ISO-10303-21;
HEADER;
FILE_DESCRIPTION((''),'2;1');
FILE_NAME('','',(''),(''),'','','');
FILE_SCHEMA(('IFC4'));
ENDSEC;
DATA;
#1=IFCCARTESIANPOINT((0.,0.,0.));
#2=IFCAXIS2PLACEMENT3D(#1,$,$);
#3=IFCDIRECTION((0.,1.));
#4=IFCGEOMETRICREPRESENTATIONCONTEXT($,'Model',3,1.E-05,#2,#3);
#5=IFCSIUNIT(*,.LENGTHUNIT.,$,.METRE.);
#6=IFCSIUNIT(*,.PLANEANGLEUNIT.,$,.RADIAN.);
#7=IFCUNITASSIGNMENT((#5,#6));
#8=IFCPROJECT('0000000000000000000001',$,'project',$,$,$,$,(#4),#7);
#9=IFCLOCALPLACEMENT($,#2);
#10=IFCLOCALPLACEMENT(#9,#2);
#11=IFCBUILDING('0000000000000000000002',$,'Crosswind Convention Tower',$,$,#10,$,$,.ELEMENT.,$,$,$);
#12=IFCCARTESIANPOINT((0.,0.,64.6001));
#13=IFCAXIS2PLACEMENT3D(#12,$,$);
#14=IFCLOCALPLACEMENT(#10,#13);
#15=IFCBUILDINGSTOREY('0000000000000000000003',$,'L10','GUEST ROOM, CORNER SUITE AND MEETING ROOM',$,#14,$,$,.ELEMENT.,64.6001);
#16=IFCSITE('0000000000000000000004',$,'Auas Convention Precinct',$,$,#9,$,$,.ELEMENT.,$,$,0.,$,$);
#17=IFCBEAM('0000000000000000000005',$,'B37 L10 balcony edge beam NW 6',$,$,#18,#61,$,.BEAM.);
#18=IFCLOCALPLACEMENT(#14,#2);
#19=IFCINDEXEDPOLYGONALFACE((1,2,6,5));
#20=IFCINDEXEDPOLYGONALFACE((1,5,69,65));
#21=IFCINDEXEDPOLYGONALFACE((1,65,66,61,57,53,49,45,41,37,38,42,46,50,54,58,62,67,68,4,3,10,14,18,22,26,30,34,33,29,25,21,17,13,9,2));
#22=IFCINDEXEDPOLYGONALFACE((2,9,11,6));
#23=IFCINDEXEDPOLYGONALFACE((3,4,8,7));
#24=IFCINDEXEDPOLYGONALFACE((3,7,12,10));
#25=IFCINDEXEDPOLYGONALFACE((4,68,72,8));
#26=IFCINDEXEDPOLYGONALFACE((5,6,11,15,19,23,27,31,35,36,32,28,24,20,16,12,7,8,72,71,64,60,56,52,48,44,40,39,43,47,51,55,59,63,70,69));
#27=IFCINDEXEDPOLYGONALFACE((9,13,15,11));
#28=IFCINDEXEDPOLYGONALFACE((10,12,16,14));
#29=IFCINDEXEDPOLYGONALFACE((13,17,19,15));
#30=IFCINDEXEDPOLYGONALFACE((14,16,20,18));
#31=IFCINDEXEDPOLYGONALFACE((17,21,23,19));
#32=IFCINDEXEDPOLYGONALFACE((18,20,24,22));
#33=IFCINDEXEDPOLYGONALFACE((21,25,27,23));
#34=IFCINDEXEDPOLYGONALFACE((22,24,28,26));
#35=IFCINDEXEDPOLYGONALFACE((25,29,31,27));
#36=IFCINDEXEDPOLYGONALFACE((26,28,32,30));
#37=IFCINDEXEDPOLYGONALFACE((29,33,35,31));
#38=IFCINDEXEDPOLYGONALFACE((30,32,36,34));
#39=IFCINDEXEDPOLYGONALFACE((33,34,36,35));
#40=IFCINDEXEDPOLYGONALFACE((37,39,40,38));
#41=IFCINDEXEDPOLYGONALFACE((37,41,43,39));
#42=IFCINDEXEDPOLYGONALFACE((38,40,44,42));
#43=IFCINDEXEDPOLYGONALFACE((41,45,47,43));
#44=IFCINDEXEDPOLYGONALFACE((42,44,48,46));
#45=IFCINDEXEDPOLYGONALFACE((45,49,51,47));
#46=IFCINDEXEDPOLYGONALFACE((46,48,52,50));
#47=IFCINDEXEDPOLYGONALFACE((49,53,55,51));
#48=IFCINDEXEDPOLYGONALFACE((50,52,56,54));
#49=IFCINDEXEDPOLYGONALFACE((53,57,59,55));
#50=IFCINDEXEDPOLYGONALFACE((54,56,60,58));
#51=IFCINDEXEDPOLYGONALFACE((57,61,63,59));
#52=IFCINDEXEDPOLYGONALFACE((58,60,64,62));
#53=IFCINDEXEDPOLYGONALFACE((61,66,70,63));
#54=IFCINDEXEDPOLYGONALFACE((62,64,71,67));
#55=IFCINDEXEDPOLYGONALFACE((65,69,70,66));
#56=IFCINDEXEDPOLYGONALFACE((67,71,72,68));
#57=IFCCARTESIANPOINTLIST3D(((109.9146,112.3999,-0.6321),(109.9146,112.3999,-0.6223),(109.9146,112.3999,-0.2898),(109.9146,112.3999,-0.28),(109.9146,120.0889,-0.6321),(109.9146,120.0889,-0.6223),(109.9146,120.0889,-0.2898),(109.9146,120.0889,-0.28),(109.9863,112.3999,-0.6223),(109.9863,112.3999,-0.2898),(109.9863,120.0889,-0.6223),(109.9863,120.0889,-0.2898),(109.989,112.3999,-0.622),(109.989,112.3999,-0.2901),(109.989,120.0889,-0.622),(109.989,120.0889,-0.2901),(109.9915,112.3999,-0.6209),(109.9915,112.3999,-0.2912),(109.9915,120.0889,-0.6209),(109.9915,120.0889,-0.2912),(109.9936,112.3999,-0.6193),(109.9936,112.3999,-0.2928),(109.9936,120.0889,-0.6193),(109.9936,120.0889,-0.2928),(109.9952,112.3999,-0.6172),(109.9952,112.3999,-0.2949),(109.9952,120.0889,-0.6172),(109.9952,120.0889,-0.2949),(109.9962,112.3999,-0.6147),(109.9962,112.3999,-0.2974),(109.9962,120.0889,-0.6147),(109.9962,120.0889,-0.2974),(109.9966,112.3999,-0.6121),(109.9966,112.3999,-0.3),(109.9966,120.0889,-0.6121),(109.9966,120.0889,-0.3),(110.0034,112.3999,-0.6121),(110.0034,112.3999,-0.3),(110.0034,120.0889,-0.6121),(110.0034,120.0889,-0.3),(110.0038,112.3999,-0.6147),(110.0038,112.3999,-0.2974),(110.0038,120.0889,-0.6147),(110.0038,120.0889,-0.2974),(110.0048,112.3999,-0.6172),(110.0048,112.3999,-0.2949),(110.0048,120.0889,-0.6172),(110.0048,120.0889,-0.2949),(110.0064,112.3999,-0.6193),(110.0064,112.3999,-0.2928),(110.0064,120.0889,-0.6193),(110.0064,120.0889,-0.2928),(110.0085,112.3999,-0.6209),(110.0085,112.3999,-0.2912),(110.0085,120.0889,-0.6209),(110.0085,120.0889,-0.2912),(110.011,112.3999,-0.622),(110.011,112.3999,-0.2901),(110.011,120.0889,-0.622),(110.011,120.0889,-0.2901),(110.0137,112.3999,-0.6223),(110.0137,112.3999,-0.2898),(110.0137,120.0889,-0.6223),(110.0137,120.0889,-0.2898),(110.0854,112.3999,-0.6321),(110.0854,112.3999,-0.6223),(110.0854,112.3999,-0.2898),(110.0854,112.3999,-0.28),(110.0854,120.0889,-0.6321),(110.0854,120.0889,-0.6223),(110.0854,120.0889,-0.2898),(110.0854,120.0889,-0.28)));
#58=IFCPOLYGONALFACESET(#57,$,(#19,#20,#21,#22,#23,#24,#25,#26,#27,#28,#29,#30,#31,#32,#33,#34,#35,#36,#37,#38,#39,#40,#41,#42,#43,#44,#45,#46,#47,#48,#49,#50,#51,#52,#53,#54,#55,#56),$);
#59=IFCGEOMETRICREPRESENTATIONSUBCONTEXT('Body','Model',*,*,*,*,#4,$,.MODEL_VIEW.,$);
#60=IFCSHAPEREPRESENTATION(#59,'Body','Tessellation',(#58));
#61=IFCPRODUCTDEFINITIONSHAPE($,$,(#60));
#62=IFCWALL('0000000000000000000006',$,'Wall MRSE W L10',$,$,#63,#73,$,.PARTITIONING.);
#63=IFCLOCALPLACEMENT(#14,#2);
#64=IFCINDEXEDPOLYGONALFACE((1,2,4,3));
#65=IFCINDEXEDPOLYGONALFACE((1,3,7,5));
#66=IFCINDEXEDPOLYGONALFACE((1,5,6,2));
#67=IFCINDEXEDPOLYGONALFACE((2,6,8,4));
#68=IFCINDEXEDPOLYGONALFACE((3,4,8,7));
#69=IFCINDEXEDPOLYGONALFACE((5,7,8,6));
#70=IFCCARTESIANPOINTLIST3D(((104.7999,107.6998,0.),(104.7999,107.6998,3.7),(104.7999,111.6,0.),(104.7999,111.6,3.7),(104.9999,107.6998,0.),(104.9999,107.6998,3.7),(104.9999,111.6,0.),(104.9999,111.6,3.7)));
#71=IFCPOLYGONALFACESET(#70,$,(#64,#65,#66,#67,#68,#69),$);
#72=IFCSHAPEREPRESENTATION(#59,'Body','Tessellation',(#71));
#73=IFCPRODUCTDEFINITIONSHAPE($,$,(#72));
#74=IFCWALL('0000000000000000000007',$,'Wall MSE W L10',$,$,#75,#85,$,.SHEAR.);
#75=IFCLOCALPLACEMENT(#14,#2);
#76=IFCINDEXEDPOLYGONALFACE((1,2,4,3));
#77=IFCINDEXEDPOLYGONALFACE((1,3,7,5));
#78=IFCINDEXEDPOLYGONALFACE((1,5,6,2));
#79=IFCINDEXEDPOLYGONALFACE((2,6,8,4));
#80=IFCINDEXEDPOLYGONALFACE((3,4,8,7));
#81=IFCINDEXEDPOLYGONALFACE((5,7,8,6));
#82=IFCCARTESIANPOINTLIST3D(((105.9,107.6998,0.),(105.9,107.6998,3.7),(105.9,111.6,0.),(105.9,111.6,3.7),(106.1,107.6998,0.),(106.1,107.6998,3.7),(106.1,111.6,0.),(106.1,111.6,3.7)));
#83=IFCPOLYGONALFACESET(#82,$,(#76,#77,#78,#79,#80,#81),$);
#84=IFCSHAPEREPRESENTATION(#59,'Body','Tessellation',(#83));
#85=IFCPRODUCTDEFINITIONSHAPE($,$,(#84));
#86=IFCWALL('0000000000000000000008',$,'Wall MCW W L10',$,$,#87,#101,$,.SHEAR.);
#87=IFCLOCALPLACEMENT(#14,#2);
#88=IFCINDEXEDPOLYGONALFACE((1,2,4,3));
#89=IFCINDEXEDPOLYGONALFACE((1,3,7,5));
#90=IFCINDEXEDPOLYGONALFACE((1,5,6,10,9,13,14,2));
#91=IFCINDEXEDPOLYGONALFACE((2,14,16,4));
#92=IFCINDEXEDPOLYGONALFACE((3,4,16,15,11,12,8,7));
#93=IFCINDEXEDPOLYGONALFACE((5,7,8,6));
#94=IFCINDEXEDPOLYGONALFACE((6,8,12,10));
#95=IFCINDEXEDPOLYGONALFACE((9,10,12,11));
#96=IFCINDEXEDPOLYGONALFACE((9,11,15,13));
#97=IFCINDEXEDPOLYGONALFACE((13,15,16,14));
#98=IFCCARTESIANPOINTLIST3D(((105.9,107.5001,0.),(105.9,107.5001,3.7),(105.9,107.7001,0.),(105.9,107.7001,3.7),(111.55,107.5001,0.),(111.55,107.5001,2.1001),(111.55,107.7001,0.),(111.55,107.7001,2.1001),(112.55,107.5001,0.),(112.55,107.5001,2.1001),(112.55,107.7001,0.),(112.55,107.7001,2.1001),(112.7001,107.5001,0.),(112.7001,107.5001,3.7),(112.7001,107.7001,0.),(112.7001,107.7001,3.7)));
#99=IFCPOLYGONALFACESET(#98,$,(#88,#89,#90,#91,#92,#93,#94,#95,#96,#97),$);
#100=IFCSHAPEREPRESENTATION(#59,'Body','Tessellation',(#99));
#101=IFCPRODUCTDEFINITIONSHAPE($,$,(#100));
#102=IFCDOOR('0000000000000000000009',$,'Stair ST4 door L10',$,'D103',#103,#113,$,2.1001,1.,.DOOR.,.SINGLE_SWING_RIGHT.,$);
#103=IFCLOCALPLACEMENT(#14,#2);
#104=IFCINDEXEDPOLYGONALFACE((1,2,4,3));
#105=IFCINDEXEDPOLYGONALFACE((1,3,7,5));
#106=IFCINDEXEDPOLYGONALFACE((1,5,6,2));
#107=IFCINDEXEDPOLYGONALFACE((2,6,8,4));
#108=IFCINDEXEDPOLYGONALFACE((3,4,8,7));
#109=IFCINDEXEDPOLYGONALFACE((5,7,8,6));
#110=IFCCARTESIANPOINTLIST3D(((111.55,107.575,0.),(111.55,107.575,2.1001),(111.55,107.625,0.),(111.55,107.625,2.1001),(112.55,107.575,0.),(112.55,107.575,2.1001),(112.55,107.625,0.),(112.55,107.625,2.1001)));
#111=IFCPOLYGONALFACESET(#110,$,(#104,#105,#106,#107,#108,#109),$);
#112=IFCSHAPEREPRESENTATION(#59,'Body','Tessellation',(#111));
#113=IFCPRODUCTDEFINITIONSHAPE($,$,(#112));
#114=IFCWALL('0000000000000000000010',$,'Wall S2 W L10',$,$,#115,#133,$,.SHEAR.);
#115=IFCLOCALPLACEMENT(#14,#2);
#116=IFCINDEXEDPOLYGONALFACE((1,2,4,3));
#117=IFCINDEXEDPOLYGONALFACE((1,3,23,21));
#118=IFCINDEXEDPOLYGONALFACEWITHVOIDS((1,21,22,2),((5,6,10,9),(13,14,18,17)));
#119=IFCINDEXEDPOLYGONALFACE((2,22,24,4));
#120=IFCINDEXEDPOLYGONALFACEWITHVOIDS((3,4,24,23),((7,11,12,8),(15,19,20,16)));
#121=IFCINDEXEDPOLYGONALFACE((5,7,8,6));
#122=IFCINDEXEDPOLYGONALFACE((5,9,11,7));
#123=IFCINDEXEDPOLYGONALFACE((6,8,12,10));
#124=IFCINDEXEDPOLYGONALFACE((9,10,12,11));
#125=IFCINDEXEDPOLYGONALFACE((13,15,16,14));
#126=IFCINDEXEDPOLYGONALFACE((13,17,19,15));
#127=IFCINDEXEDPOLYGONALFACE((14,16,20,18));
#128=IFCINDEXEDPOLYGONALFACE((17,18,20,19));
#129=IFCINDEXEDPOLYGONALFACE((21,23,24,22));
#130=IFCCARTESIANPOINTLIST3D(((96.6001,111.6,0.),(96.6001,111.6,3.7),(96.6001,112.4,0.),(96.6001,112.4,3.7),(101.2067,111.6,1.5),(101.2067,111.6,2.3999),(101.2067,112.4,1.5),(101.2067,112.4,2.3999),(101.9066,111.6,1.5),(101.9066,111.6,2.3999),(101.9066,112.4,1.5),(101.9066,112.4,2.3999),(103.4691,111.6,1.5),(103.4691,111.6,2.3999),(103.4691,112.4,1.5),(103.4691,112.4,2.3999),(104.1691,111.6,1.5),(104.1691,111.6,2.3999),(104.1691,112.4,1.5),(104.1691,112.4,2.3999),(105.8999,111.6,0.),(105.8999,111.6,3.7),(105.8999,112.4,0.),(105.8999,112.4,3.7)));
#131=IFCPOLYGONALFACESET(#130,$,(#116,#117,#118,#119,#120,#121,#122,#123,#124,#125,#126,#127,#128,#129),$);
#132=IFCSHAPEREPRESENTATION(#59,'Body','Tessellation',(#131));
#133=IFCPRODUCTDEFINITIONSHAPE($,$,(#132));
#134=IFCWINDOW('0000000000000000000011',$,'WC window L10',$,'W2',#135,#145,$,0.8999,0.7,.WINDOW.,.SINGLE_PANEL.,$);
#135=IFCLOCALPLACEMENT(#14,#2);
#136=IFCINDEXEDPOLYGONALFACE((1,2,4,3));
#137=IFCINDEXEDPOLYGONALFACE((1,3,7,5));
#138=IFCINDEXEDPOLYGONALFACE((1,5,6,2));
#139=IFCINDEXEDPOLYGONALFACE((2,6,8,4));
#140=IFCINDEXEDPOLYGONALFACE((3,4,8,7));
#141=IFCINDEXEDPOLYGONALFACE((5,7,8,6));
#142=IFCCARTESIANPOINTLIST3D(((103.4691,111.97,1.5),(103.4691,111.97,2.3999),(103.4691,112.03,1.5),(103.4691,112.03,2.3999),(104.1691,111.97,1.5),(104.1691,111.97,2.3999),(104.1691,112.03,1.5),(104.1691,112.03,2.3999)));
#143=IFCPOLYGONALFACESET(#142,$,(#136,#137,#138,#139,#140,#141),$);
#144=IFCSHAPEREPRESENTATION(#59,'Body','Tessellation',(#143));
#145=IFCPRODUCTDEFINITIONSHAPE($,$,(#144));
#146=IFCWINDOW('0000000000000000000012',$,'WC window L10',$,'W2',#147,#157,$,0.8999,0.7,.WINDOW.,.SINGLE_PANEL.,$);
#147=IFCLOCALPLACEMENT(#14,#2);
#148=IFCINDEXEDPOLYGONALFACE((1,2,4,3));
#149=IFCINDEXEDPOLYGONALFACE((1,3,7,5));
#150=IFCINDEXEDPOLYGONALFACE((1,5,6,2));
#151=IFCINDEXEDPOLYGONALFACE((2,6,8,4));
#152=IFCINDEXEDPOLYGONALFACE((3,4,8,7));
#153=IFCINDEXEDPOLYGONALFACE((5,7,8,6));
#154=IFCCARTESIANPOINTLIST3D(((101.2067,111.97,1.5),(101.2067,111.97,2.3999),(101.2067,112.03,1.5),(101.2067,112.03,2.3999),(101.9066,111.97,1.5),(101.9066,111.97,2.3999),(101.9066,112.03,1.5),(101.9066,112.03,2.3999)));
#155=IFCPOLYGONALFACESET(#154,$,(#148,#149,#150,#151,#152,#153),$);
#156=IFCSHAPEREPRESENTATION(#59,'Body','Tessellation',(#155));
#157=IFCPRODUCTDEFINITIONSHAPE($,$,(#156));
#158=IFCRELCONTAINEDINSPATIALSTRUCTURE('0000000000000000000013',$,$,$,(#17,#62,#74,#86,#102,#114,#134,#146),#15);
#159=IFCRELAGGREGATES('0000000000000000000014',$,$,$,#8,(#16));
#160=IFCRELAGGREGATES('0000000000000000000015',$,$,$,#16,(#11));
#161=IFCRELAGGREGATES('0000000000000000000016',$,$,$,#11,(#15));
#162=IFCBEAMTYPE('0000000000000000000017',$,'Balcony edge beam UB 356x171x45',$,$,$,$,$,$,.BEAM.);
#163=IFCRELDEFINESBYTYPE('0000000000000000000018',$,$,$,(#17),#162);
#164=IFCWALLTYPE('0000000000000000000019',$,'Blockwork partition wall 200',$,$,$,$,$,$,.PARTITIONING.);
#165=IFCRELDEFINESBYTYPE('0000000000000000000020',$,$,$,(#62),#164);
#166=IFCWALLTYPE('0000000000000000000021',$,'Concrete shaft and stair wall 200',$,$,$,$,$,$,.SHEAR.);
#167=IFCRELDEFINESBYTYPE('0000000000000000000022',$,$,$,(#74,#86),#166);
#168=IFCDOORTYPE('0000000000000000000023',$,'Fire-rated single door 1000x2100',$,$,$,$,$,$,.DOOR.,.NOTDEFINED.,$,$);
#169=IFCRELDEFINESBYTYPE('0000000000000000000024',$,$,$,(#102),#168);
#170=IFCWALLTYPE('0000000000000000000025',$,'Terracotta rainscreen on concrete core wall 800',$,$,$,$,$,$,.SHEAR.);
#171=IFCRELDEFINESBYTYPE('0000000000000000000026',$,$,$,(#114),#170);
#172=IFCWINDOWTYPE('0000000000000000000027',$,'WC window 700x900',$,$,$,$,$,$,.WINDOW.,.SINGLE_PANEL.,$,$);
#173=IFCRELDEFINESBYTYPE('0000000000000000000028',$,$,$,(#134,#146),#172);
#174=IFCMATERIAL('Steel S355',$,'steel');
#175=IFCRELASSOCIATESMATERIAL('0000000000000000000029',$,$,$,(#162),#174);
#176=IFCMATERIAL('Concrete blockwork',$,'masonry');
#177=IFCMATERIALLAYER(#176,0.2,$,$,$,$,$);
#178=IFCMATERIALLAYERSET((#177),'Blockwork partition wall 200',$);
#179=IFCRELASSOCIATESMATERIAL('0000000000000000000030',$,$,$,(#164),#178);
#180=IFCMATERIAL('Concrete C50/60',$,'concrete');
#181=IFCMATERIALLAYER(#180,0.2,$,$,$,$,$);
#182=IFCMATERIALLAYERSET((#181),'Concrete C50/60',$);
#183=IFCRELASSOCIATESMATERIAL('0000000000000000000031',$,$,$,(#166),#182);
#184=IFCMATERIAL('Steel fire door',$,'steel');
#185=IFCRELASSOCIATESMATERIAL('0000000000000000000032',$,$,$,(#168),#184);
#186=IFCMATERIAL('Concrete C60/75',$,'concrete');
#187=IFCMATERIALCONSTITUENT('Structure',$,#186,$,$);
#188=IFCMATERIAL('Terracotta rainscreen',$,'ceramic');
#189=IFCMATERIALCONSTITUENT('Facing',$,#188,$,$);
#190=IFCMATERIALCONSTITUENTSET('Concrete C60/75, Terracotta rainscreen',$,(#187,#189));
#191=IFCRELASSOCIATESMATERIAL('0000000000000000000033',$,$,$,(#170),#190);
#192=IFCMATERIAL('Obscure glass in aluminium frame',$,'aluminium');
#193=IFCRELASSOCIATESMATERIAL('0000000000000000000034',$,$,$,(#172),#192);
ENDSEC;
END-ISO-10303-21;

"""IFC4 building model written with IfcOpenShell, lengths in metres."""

from ifc_helpers import new_model, si_unit, direction, frame, frame_2d, origin, origin_2d, place, context, subcontext, project, spatial, rectangle, i_section, extrude, material, layer, layer_set, constituent, constituent_set, material_profile, profile_set, type_object, element, fill, save


model = new_model("IFC4")

# Units and contexts
model_context = context("Model", 3, precision=1e-05, world=origin(), true_north=direction((0.0, 1.0)))
body_context = subcontext(model_context, "Body", "Model", "MODEL_VIEW")
ifc_project = project(units=[si_unit("LENGTHUNIT", "METRE"), si_unit("PLANEANGLEUNIT", "RADIAN")], contexts=[model_context])

# Site, building, storey
site_placement = place(None, origin())
site = spatial("IfcSite", under=ifc_project, at=site_placement, Name="Auas Convention Precinct", CompositionType="ELEMENT", RefElevation=0.0)
building_placement = place(site_placement, origin())
building = spatial("IfcBuilding", under=site, at=building_placement, Name="Crosswind Convention Tower", CompositionType="ELEMENT")
storey_placement = place(building_placement, frame((0.0, 0.0, 64.6001)))
storey = spatial("IfcBuildingStorey", under=building, at=storey_placement, Name="L10", Description="GUEST ROOM, CORNER SUITE AND MEETING ROOM", CompositionType="ELEMENT", Elevation=64.6001)

# Beam
ifc_material_1 = material(Name="Steel S355", Category="steel")
ifc_material_profile = material_profile(ifc_material_1, i_section(OverallWidth=0.1709, OverallDepth=0.3521, WebThickness=0.0068, FlangeThickness=0.0098, FilletRadius=0.0103, at=origin_2d()), Name="UB 356x171x45")
ifc_profile_set = profile_set([ifc_material_profile], Name="Steel S355")
beam_type = type_object("IfcBeamType", Name="Balcony edge beam UB 356x171x45", PredefinedType="BEAM", material=ifc_profile_set)
beam_placement = place(storey_placement, frame((110.0, 112.3999, -0.4561), z_axis=(0.0, 1.0, 0.0), x_axis=(-1.0, 0.0, 0.0)))
element("IfcBeam", 1, at=beam_placement, inside=storey, type_object=beam_type, Name="B37 L10 balcony edge beam NW 6", PredefinedType="BEAM", context=body_context, shape_type="SweptSolid", body=[
    extrude(i_section(OverallWidth=0.1709, OverallDepth=0.3521, WebThickness=0.0068, FlangeThickness=0.0098, FilletRadius=0.0103, at=origin_2d()), origin(), (0.0, 0.0, 1.0), 7.689),
])

# Walls
ifc_material_2 = material(Name="Concrete blockwork", Category="masonry")
ifc_layer_1 = layer(ifc_material_2, 0.2)
ifc_layer_set_1 = layer_set([ifc_layer_1], Name="Blockwork partition wall 200")
wall_type_1 = type_object("IfcWallType", Name="Blockwork partition wall 200", PredefinedType="PARTITIONING", material=ifc_layer_set_1)
wall_1_placement = place(storey_placement, frame((104.8999, 111.6001, 0.0), z_axis=(0.0, 0.0, 1.0), x_axis=(0.0, -1.0, 0.0)))
element("IfcWall", 2, at=wall_1_placement, inside=storey, type_object=wall_type_1, Name="Wall MRSE W L10", PredefinedType="PARTITIONING", context=body_context, shape_type="SweptSolid", body=[
    extrude(rectangle(XDim=3.9001, YDim=0.2, at=frame_2d((1.9502, 0.0))), origin(), (0.0, 0.0, 1.0), 3.7),
])
ifc_material_3 = material(Name="Concrete C50/60", Category="concrete")
ifc_layer_2 = layer(ifc_material_3, 0.2)
ifc_layer_set_2 = layer_set([ifc_layer_2], Name="Concrete C50/60")
wall_type_2 = type_object("IfcWallType", Name="Concrete shaft and stair wall 200", PredefinedType="SHEAR", material=ifc_layer_set_2)
wall_2_placement = place(storey_placement, frame((106.0, 111.6001, 0.0), z_axis=(0.0, 0.0, 1.0), x_axis=(0.0, -1.0, 0.0)))
element("IfcWall", 3, at=wall_2_placement, inside=storey, type_object=wall_type_2, Name="Wall MSE W L10", PredefinedType="SHEAR", context=body_context, shape_type="SweptSolid", body=[
    extrude(rectangle(XDim=3.9001, YDim=0.2, at=frame_2d((1.9502, 0.0))), origin(), (0.0, 0.0, 1.0), 3.7),
])

# Wall, opening, door
wall_3_placement = place(storey_placement, frame((112.7, 107.6001, 0.0), z_axis=(0.0, 0.0, 1.0), x_axis=(-1.0, 0.0, 0.0)))
wall_3 = element("IfcWall", 4, at=wall_3_placement, inside=storey, type_object=wall_type_2, Name="Wall MCW W L10", PredefinedType="SHEAR", context=body_context, shape_type="SweptSolid", body=[
    extrude(rectangle(XDim=6.8, YDim=0.2, at=frame_2d((3.3999, 0.0))), origin(), (0.0, 0.0, 1.0), 3.7),
])
opening_1_placement = place(wall_3_placement, frame((0.1499, 0.0, 0.0)))
opening_1 = element("IfcOpeningElement", 5, at=opening_1_placement, cuts=wall_3, PredefinedType="OPENING", context=body_context, shape_type="SweptSolid", body=[
    extrude(rectangle(XDim=1.0, YDim=2.1001, at=frame_2d((0.5, 1.05))), frame((0.0, 0.1099, 0.0), z_axis=(0.0, -1.0, 0.0), x_axis=(1.0, 0.0, 0.0)), (0.0, 0.0, 1.0), 0.22),
])
ifc_material_4 = material(Name="Steel fire door", Category="steel")
door_type = type_object("IfcDoorType", Name="Fire-rated single door 1000x2100", OperationType="NOTDEFINED", PredefinedType="DOOR", material=ifc_material_4)
door_placement = place(opening_1_placement, frame((1.0, 0.0, 0.0), z_axis=(0.0, 0.0, 1.0), x_axis=(-1.0, 0.0, 0.0)))
door = element("IfcDoor", 6, at=door_placement, inside=storey, type_object=door_type, Name="Stair ST4 door L10", ObjectType="D103", OperationType="SINGLE_SWING_RIGHT", OverallHeight=2.1001, OverallWidth=1.0, PredefinedType="DOOR", context=body_context, shape_type="SweptSolid", body=[
    extrude(rectangle(XDim=1.0, YDim=2.1001, at=frame_2d((0.5, 1.05))), frame((0.0, 0.0249, 0.0), z_axis=(0.0, -1.0, 0.0), x_axis=(1.0, 0.0, 0.0)), (0.0, 0.0, 1.0), 0.05),
])
fill(opening_1, door)

# Wall, openings, windows
ifc_material_5 = material(Name="Concrete C60/75", Category="concrete")
ifc_constituent_1 = constituent(ifc_material_5, Name="Structure")
ifc_material_6 = material(Name="Terracotta rainscreen", Category="ceramic")
ifc_constituent_2 = constituent(ifc_material_6, Name="Facing")
ifc_constituent_set = constituent_set(constituents=[ifc_constituent_1, ifc_constituent_2], Name="Concrete C60/75, Terracotta rainscreen")
wall_type_3 = type_object("IfcWallType", Name="Terracotta rainscreen on concrete core wall 800", PredefinedType="SHEAR", material=ifc_constituent_set)
wall_4_placement = place(storey_placement, frame((105.8999, 112.0, 0.0), z_axis=(0.0, 0.0, 1.0), x_axis=(-1.0, 0.0, 0.0)))
wall_4 = element("IfcWall", 7, at=wall_4_placement, inside=storey, type_object=wall_type_3, Name="Wall S2 W L10", PredefinedType="SHEAR", context=body_context, shape_type="SweptSolid", body=[
    extrude(rectangle(XDim=9.2998, YDim=0.8, at=frame_2d((4.6499, 0.0))), origin(), (0.0, 0.0, 1.0), 3.7),
])
opening_2_placement = place(wall_4_placement, frame((1.7307, 0.0, 1.5)))
opening_2 = element("IfcOpeningElement", 8, at=opening_2_placement, cuts=wall_4, PredefinedType="OPENING", context=body_context, shape_type="SweptSolid", body=[
    extrude(rectangle(XDim=0.7, YDim=0.8999, at=frame_2d((0.3501, 0.45))), frame((0.0, 0.4099, 0.0), z_axis=(0.0, -1.0, 0.0), x_axis=(1.0, 0.0, 0.0)), (0.0, 0.0, 1.0), 0.8201),
])
opening_3_placement = place(wall_4_placement, frame((3.9932, 0.0, 1.5)))
opening_3 = element("IfcOpeningElement", 9, at=opening_3_placement, cuts=wall_4, PredefinedType="OPENING", context=body_context, shape_type="SweptSolid", body=[
    extrude(rectangle(XDim=0.7, YDim=0.8999, at=frame_2d((0.3501, 0.45))), frame((0.0, 0.4099, 0.0), z_axis=(0.0, -1.0, 0.0), x_axis=(1.0, 0.0, 0.0)), (0.0, 0.0, 1.0), 0.8201),
])
ifc_material_7 = material(Name="Obscure glass in aluminium frame", Category="aluminium")
window_type = type_object("IfcWindowType", Name="WC window 700x900", PartitioningType="SINGLE_PANEL", PredefinedType="WINDOW", material=ifc_material_7)
window_1_placement = place(opening_2_placement, origin())
window_1 = element("IfcWindow", 10, at=window_1_placement, inside=storey, type_object=window_type, Name="WC window L10", ObjectType="W2", OverallHeight=0.8999, OverallWidth=0.7, PartitioningType="SINGLE_PANEL", PredefinedType="WINDOW", context=body_context, shape_type="SweptSolid", body=[
    extrude(rectangle(XDim=0.7, YDim=0.8999, at=frame_2d((0.3501, 0.45))), frame((0.0, 0.03, 0.0), z_axis=(0.0, -1.0, 0.0), x_axis=(1.0, 0.0, 0.0)), (0.0, 0.0, 1.0), 0.0601),
])
fill(opening_2, window_1)
window_2_placement = place(opening_3_placement, origin())
window_2 = element("IfcWindow", 11, at=window_2_placement, inside=storey, type_object=window_type, Name="WC window L10", ObjectType="W2", OverallHeight=0.8999, OverallWidth=0.7, PartitioningType="SINGLE_PANEL", PredefinedType="WINDOW", context=body_context, shape_type="SweptSolid", body=[
    extrude(rectangle(XDim=0.7, YDim=0.8999, at=frame_2d((0.3501, 0.45))), frame((0.0, 0.03, 0.0), z_axis=(0.0, -1.0, 0.0), x_axis=(1.0, 0.0, 0.0)), (0.0, 0.0, 1.0), 0.0601),
])
fill(opening_3, window_2)

save(model, "model.ifc")
